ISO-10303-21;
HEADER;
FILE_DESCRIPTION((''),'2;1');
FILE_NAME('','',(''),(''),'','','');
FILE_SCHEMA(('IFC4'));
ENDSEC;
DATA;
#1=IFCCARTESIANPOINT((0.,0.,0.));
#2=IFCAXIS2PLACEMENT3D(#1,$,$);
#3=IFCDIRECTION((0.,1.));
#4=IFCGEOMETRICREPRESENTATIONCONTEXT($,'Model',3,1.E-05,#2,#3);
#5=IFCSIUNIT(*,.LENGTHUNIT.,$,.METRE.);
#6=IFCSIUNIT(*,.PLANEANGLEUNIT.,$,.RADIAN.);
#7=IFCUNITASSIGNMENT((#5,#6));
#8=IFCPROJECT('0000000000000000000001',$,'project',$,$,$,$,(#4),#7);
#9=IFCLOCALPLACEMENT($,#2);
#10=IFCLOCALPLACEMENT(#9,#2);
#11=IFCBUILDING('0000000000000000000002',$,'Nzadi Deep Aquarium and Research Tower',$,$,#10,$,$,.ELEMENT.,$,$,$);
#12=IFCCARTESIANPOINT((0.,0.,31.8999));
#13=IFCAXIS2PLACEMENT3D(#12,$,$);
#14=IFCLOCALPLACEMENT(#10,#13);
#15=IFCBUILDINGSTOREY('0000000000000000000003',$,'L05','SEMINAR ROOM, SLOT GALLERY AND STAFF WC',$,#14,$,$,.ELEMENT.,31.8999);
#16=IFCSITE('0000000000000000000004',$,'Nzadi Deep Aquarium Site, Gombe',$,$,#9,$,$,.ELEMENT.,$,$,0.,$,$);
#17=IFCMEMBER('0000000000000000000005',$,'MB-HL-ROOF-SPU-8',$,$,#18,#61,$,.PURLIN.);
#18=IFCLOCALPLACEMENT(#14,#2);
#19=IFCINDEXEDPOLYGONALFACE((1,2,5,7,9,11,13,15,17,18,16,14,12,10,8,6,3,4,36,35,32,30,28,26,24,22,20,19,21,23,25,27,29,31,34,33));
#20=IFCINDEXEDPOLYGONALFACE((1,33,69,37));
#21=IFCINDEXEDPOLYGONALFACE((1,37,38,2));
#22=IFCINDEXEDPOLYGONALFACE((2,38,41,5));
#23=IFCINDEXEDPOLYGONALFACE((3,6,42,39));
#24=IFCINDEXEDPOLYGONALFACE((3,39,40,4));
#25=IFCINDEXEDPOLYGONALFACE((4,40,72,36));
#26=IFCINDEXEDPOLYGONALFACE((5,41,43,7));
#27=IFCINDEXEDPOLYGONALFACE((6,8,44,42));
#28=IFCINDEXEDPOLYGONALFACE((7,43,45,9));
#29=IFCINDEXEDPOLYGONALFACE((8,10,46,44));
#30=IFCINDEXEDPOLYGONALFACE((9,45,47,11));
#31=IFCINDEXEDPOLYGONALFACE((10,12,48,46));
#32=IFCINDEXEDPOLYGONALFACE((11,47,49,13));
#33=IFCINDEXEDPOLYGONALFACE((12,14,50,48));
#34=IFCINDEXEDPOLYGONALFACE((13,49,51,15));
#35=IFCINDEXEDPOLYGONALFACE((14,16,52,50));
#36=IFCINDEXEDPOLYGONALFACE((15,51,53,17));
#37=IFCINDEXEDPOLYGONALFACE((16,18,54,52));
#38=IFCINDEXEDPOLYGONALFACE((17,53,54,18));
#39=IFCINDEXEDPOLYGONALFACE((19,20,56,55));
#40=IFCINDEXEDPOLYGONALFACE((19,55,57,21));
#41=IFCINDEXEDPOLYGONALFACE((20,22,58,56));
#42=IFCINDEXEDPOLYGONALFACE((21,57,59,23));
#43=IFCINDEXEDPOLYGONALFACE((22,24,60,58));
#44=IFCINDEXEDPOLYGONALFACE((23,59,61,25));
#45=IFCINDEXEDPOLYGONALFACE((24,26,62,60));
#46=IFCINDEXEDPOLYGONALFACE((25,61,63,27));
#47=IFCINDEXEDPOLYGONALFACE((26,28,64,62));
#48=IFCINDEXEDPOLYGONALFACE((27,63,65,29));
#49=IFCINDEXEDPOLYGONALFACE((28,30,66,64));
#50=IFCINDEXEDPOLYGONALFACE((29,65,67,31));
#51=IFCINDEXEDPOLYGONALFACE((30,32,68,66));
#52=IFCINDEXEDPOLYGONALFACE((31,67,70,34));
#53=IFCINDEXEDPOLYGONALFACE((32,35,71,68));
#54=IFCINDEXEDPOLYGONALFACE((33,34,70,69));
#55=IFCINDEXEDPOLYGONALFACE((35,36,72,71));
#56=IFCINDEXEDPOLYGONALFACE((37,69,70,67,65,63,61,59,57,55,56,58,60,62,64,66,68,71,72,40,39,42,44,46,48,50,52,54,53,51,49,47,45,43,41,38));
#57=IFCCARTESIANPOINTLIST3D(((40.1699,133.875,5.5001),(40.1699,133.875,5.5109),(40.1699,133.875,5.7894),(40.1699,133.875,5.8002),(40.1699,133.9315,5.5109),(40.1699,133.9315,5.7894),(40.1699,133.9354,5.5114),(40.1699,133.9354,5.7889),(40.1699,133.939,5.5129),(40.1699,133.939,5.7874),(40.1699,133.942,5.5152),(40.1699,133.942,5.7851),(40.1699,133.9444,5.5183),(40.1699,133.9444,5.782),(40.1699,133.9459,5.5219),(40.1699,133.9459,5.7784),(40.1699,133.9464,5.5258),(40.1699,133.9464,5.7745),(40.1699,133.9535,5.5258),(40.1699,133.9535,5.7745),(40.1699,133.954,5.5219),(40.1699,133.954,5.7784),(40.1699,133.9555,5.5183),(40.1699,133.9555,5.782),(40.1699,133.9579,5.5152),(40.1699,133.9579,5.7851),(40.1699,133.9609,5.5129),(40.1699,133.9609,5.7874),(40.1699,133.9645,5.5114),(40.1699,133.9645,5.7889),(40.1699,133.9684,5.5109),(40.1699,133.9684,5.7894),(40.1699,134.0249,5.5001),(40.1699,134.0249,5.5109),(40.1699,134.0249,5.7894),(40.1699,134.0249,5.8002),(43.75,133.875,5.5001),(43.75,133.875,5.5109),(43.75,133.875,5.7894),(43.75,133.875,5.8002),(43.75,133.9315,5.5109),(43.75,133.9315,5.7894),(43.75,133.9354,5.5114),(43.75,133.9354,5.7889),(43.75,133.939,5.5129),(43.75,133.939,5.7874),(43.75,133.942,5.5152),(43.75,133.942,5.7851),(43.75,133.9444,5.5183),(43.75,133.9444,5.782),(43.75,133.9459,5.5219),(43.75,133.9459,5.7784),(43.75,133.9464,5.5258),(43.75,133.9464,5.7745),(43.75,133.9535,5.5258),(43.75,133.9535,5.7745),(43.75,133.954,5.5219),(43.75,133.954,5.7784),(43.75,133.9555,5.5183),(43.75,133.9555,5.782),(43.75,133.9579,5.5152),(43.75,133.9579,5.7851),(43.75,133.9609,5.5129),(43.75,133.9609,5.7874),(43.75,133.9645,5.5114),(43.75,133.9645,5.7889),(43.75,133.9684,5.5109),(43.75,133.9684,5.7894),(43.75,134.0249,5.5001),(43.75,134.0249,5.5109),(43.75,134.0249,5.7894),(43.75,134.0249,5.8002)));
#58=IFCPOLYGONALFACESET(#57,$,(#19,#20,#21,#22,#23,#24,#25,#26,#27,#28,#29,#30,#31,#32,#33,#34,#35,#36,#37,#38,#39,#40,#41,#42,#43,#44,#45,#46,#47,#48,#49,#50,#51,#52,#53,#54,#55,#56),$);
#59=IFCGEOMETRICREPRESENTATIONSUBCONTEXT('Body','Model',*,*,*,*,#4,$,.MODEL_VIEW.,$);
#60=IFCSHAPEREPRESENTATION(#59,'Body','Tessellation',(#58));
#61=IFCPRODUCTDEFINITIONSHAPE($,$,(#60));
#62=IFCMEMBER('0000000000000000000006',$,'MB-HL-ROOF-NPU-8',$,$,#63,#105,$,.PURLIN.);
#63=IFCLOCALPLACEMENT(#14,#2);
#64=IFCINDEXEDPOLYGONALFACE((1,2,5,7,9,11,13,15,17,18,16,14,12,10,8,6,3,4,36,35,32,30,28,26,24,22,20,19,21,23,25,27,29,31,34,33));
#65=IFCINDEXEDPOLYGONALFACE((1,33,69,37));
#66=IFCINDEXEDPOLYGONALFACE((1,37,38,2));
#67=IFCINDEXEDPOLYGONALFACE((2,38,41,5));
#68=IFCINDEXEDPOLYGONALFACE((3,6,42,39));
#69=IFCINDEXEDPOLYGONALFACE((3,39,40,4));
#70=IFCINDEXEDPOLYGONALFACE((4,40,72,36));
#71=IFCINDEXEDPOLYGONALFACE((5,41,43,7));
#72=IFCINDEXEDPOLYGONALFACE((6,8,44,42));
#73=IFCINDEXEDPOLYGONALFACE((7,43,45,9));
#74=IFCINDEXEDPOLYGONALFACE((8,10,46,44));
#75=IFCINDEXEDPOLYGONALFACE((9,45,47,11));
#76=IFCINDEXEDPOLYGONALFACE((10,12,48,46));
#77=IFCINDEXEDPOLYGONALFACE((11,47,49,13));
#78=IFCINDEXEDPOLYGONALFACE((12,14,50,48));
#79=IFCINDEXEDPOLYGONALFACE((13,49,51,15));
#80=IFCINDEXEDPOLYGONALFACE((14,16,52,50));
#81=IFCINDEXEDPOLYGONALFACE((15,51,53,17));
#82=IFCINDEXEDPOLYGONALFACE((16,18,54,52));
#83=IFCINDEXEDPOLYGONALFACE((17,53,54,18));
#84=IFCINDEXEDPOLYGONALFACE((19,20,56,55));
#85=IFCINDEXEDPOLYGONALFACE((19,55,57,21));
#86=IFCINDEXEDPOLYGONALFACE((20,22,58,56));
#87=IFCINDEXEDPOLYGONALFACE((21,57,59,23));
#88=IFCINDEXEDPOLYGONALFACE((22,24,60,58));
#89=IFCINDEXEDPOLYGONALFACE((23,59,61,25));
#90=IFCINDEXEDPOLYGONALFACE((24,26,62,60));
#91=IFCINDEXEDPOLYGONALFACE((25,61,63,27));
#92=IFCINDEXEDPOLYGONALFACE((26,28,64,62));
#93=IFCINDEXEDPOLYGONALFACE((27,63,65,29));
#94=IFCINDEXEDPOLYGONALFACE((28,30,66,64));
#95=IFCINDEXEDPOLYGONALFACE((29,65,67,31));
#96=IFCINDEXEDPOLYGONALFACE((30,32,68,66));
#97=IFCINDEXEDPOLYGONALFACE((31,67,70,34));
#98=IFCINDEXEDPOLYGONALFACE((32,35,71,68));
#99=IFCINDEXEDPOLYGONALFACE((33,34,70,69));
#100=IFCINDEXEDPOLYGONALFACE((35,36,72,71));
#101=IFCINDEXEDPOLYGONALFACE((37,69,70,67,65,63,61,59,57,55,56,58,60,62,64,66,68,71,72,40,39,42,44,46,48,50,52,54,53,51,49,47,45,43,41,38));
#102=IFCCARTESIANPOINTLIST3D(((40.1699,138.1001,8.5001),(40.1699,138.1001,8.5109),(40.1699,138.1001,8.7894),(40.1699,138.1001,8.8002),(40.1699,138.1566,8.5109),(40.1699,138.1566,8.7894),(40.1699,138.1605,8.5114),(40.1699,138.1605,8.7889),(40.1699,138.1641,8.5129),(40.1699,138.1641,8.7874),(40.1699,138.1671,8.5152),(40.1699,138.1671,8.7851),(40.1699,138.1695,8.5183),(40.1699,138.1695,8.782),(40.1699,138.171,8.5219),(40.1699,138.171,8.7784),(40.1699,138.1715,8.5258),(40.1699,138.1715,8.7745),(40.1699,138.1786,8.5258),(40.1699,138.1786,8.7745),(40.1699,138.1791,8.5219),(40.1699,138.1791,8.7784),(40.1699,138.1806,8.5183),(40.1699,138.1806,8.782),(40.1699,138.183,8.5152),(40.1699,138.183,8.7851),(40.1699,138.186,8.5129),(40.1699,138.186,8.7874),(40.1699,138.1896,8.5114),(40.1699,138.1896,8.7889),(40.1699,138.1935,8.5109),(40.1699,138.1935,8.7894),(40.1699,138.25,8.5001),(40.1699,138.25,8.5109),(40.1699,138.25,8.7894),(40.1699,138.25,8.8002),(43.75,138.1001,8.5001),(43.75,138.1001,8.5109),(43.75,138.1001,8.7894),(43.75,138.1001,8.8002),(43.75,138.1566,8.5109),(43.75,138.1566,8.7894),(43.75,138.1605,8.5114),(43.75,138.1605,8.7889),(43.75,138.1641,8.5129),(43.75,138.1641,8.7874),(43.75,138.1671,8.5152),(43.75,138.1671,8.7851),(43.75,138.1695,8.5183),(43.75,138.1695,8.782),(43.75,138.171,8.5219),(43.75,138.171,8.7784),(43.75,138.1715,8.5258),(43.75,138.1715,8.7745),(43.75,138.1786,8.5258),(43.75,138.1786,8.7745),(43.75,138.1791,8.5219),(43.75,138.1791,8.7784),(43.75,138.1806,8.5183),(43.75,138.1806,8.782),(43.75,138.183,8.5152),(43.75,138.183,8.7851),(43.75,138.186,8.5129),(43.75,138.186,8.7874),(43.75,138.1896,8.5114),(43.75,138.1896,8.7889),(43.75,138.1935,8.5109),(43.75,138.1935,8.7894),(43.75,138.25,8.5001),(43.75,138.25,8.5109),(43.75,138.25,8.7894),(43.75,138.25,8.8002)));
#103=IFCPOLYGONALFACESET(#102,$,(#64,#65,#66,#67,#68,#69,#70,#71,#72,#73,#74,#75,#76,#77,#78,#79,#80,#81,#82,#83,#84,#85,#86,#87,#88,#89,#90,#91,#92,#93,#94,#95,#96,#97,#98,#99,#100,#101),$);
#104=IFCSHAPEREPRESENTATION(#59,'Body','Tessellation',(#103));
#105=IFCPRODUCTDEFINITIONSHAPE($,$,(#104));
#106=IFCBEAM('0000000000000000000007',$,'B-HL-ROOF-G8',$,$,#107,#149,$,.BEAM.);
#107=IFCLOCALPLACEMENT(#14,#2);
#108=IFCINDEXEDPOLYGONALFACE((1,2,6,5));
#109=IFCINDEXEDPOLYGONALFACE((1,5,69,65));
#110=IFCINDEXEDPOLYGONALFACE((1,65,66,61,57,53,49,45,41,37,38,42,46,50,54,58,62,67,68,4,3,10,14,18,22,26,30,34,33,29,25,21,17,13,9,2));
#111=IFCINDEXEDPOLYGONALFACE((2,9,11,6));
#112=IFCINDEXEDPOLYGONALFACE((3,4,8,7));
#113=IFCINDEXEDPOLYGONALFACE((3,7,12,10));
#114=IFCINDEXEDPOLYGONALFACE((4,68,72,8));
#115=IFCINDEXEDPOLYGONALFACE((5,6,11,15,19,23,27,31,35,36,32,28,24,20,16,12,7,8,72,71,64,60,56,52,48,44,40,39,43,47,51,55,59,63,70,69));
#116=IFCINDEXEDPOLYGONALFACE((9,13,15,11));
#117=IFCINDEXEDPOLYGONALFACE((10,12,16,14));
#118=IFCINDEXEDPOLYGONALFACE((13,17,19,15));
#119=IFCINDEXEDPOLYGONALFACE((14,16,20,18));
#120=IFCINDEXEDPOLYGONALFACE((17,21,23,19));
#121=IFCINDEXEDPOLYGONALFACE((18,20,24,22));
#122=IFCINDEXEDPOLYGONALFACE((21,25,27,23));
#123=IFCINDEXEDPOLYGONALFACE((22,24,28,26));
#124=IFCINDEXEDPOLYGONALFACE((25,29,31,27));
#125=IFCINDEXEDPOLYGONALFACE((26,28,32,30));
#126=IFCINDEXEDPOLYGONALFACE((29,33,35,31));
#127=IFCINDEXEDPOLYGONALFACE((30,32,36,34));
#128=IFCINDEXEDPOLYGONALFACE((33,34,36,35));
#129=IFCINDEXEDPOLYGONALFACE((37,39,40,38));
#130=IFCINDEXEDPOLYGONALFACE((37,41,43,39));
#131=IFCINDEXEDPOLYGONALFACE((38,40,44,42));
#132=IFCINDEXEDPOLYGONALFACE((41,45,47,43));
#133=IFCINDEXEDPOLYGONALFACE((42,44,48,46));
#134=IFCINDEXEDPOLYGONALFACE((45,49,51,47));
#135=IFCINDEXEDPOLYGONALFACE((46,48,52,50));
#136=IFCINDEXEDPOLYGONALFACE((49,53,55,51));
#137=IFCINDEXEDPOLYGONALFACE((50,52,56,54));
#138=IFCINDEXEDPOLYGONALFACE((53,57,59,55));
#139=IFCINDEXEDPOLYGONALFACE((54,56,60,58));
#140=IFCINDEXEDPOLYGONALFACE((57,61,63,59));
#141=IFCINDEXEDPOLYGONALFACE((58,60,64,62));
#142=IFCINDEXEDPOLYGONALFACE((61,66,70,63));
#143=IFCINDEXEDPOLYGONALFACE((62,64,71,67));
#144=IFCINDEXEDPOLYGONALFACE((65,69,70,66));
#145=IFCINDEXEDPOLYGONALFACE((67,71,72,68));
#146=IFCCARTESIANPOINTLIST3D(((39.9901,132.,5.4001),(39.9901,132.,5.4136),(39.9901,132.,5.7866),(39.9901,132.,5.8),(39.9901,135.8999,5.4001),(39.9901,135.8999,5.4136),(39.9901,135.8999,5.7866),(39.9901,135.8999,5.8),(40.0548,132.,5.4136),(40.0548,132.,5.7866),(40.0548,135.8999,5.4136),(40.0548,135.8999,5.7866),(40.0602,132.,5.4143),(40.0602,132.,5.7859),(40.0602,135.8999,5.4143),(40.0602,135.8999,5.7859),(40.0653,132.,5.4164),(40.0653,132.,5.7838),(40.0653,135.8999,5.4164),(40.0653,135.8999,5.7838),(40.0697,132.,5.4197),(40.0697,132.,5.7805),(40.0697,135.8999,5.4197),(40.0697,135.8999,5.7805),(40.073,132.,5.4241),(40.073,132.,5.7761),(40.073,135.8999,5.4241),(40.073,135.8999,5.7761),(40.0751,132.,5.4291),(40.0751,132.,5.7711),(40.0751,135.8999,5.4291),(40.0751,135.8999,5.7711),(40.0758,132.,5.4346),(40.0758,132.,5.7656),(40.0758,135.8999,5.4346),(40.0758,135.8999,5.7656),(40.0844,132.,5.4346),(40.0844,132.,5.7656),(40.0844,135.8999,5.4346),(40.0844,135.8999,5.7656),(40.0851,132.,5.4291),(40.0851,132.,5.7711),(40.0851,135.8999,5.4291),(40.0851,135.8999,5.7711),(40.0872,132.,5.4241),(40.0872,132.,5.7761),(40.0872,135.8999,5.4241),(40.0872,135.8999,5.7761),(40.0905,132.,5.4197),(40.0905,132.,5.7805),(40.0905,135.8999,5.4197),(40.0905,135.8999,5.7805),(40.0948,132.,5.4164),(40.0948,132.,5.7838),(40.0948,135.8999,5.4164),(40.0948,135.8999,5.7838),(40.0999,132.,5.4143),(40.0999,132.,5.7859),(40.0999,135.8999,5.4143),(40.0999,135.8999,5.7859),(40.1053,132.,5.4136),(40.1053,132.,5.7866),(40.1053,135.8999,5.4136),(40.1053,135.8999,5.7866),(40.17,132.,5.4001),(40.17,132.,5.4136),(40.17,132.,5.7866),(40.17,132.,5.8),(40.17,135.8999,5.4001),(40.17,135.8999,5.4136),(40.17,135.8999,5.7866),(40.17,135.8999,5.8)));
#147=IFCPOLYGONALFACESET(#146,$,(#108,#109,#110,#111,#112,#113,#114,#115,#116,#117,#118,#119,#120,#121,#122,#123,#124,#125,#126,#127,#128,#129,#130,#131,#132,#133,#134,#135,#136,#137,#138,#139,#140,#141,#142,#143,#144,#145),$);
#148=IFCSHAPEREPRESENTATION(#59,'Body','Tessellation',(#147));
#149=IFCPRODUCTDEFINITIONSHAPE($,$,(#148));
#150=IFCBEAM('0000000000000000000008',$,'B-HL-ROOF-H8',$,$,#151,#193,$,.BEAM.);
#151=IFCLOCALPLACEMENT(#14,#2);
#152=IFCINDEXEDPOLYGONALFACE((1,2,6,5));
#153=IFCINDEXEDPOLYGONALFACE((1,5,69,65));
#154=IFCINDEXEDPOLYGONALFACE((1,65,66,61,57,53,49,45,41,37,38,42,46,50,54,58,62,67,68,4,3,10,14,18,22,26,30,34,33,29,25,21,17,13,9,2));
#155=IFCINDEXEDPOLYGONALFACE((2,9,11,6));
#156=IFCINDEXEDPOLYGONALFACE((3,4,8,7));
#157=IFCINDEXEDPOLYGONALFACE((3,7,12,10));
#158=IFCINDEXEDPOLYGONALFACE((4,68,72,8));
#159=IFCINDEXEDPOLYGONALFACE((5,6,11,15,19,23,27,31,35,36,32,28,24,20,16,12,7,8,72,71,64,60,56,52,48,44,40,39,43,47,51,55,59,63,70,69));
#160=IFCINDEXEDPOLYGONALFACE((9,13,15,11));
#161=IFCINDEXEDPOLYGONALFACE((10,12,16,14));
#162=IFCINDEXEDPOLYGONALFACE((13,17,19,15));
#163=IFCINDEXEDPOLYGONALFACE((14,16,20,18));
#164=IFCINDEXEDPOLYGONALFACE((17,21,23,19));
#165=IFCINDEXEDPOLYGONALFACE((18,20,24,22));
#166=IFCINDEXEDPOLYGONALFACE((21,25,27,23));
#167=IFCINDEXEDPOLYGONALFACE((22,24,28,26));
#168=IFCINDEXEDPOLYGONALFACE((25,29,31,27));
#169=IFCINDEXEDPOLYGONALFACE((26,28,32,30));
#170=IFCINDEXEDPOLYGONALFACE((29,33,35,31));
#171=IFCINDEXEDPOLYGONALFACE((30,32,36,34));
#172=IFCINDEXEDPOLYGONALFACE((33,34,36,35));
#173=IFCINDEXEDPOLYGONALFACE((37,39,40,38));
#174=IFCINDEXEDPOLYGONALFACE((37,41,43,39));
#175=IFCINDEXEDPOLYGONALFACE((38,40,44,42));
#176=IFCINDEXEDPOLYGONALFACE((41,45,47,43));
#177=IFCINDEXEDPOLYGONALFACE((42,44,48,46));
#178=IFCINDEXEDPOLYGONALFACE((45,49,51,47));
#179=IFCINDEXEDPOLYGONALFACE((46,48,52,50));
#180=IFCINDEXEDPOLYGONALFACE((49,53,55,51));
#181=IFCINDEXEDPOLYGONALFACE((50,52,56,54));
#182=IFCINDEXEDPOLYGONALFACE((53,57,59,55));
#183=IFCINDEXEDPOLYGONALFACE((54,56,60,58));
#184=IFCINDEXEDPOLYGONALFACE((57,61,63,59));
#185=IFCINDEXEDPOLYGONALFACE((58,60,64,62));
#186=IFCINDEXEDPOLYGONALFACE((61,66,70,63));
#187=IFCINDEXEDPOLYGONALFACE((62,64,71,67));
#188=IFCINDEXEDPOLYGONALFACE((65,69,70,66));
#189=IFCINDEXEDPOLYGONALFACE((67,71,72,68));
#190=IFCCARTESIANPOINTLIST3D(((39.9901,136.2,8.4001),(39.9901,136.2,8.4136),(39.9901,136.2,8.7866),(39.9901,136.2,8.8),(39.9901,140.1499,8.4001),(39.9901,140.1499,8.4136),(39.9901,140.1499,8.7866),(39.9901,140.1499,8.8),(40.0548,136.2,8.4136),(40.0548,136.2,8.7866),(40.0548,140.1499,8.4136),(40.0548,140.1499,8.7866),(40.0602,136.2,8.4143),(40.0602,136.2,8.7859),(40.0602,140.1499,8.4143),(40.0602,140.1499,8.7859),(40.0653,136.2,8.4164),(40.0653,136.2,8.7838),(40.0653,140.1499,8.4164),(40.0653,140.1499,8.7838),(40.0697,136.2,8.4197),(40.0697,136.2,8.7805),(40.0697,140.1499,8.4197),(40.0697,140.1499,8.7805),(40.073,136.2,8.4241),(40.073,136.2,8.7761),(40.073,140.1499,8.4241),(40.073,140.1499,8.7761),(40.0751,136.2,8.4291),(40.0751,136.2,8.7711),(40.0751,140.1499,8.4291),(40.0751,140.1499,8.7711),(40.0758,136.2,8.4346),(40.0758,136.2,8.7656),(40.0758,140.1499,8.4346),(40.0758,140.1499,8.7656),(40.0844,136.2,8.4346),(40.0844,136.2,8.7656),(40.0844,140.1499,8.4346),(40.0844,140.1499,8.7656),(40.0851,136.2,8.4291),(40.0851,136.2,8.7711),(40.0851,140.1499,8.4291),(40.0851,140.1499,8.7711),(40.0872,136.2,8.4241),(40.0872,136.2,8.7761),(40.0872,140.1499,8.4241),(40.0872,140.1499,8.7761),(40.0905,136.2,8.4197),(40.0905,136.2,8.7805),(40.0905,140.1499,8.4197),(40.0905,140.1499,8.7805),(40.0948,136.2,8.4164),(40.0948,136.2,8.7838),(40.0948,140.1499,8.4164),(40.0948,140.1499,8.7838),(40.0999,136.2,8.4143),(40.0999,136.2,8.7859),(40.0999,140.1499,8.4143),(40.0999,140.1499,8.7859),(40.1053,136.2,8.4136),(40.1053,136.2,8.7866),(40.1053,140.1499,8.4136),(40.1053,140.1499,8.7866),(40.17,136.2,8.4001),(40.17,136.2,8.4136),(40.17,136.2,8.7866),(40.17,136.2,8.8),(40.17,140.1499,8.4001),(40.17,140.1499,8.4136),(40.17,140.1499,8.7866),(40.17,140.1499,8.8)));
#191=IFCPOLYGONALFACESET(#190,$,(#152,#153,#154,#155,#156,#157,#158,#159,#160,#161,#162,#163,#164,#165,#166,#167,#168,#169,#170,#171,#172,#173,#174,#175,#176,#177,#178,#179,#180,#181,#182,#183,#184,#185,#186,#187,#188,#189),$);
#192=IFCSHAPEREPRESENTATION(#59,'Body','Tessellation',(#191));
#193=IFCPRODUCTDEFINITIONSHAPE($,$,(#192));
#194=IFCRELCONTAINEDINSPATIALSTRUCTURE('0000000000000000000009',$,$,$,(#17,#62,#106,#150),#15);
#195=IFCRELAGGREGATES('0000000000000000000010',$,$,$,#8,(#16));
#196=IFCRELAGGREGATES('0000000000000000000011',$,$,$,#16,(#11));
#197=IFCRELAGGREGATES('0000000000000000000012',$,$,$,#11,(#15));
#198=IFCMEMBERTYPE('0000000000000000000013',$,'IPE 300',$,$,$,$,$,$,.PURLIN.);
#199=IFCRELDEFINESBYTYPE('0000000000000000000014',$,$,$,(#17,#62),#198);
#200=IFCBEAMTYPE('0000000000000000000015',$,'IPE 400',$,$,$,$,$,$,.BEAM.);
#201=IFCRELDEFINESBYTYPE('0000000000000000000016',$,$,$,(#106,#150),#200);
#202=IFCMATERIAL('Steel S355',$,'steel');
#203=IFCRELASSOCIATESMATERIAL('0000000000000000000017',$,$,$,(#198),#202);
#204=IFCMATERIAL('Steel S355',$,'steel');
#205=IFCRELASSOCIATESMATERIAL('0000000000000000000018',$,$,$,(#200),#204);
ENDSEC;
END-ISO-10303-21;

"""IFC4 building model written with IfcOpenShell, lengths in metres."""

from ifc_helpers import new_model, si_unit, direction, frame, origin, origin_2d, place, context, subcontext, project, spatial, i_section, extrude, material, material_profile, profile_set, type_object, element, save


model = new_model("IFC4")

# Units and contexts
model_context = context("Model", 3, precision=1e-05, world=origin(), true_north=direction((0.0, 1.0)))
body_context = subcontext(model_context, "Body", "Model", "MODEL_VIEW")
ifc_project = project(units=[si_unit("LENGTHUNIT", "METRE"), si_unit("PLANEANGLEUNIT", "RADIAN")], contexts=[model_context])

# Site, building, storey
site_placement = place(None, origin())
site = spatial("IfcSite", under=ifc_project, at=site_placement, Name="Nzadi Deep Aquarium Site, Gombe", CompositionType="ELEMENT", RefElevation=0.0)
building_placement = place(site_placement, origin())
building = spatial("IfcBuilding", under=site, at=building_placement, Name="Nzadi Deep Aquarium and Research Tower", CompositionType="ELEMENT")
storey_placement = place(building_placement, frame((0.0, 0.0, 31.8999)))
storey = spatial("IfcBuildingStorey", under=building, at=storey_placement, Name="L05", Description="SEMINAR ROOM, SLOT GALLERY AND STAFF WC", CompositionType="ELEMENT", Elevation=31.8999)

# Members
ifc_material_1 = material(Name="Steel S355", Category="steel")
ifc_material_profile_1 = material_profile(ifc_material_1, i_section(OverallWidth=0.1499, OverallDepth=0.3, WebThickness=0.0071, FlangeThickness=0.0107, FilletRadius=0.0149, at=origin_2d()))
ifc_profile_set_1 = profile_set([ifc_material_profile_1], Name="Steel S355")
member_type_1 = type_object("IfcMemberType", Name="IPE 300", PredefinedType="PURLIN", material=ifc_profile_set_1)
for number, where, z_axis, x_axis, name in (
    (1, (40.1699, 133.95, 5.6501), (1.0, 0.0, 0.0), (0.0, 1.0, 0.0), "MB-HL-ROOF-SPU-8"),
    (2, (40.1699, 138.175, 8.6501), (1.0, 0.0, 0.0), (0.0, 1.0, 0.0), "MB-HL-ROOF-NPU-8"),
):
    element("IfcMember", number, at=place(storey_placement, frame(where, z_axis=z_axis, x_axis=x_axis)), inside=storey, type_object=member_type_1, Name=name, PredefinedType="PURLIN", context=body_context, shape_type="SweptSolid", body=[
        extrude(i_section(OverallWidth=0.1499, OverallDepth=0.3, WebThickness=0.0071, FlangeThickness=0.0107, FilletRadius=0.0149, at=origin_2d()), origin(), (0.0, 0.0, 1.0), 3.5801),
    ])

# Beams
ifc_material_2 = material(Name="Steel S355", Category="steel")
ifc_material_profile_2 = material_profile(ifc_material_2, i_section(OverallWidth=0.1799, OverallDepth=0.3999, WebThickness=0.0085, FlangeThickness=0.0134, FilletRadius=0.021, at=origin_2d()))
ifc_profile_set_2 = profile_set([ifc_material_profile_2], Name="Steel S355")
beam_type = type_object("IfcBeamType", Name="IPE 400", PredefinedType="BEAM", material=ifc_profile_set_2)
beam_1_placement = place(storey_placement, frame((40.0801, 132.0, 5.6001), z_axis=(0.0, 1.0, 0.0), x_axis=(-1.0, 0.0, 0.0)))
element("IfcBeam", 3, at=beam_1_placement, inside=storey, type_object=beam_type, Name="B-HL-ROOF-G8", PredefinedType="BEAM", context=body_context, shape_type="SweptSolid", body=[
    extrude(i_section(OverallWidth=0.1799, OverallDepth=0.3999, WebThickness=0.0085, FlangeThickness=0.0134, FilletRadius=0.021, at=origin_2d()), origin(), (0.0, 0.0, 1.0), 3.8999),
])
beam_2_placement = place(storey_placement, frame((40.0801, 136.2, 8.6001), z_axis=(0.0, 1.0, 0.0), x_axis=(-1.0, 0.0, 0.0)))
element("IfcBeam", 4, at=beam_2_placement, inside=storey, type_object=beam_type, Name="B-HL-ROOF-H8", PredefinedType="BEAM", context=body_context, shape_type="SweptSolid", body=[
    extrude(i_section(OverallWidth=0.1799, OverallDepth=0.3999, WebThickness=0.0085, FlangeThickness=0.0134, FilletRadius=0.021, at=origin_2d()), origin(), (0.0, 0.0, 1.0), 3.95),
])

save(model, "model.ifc")
